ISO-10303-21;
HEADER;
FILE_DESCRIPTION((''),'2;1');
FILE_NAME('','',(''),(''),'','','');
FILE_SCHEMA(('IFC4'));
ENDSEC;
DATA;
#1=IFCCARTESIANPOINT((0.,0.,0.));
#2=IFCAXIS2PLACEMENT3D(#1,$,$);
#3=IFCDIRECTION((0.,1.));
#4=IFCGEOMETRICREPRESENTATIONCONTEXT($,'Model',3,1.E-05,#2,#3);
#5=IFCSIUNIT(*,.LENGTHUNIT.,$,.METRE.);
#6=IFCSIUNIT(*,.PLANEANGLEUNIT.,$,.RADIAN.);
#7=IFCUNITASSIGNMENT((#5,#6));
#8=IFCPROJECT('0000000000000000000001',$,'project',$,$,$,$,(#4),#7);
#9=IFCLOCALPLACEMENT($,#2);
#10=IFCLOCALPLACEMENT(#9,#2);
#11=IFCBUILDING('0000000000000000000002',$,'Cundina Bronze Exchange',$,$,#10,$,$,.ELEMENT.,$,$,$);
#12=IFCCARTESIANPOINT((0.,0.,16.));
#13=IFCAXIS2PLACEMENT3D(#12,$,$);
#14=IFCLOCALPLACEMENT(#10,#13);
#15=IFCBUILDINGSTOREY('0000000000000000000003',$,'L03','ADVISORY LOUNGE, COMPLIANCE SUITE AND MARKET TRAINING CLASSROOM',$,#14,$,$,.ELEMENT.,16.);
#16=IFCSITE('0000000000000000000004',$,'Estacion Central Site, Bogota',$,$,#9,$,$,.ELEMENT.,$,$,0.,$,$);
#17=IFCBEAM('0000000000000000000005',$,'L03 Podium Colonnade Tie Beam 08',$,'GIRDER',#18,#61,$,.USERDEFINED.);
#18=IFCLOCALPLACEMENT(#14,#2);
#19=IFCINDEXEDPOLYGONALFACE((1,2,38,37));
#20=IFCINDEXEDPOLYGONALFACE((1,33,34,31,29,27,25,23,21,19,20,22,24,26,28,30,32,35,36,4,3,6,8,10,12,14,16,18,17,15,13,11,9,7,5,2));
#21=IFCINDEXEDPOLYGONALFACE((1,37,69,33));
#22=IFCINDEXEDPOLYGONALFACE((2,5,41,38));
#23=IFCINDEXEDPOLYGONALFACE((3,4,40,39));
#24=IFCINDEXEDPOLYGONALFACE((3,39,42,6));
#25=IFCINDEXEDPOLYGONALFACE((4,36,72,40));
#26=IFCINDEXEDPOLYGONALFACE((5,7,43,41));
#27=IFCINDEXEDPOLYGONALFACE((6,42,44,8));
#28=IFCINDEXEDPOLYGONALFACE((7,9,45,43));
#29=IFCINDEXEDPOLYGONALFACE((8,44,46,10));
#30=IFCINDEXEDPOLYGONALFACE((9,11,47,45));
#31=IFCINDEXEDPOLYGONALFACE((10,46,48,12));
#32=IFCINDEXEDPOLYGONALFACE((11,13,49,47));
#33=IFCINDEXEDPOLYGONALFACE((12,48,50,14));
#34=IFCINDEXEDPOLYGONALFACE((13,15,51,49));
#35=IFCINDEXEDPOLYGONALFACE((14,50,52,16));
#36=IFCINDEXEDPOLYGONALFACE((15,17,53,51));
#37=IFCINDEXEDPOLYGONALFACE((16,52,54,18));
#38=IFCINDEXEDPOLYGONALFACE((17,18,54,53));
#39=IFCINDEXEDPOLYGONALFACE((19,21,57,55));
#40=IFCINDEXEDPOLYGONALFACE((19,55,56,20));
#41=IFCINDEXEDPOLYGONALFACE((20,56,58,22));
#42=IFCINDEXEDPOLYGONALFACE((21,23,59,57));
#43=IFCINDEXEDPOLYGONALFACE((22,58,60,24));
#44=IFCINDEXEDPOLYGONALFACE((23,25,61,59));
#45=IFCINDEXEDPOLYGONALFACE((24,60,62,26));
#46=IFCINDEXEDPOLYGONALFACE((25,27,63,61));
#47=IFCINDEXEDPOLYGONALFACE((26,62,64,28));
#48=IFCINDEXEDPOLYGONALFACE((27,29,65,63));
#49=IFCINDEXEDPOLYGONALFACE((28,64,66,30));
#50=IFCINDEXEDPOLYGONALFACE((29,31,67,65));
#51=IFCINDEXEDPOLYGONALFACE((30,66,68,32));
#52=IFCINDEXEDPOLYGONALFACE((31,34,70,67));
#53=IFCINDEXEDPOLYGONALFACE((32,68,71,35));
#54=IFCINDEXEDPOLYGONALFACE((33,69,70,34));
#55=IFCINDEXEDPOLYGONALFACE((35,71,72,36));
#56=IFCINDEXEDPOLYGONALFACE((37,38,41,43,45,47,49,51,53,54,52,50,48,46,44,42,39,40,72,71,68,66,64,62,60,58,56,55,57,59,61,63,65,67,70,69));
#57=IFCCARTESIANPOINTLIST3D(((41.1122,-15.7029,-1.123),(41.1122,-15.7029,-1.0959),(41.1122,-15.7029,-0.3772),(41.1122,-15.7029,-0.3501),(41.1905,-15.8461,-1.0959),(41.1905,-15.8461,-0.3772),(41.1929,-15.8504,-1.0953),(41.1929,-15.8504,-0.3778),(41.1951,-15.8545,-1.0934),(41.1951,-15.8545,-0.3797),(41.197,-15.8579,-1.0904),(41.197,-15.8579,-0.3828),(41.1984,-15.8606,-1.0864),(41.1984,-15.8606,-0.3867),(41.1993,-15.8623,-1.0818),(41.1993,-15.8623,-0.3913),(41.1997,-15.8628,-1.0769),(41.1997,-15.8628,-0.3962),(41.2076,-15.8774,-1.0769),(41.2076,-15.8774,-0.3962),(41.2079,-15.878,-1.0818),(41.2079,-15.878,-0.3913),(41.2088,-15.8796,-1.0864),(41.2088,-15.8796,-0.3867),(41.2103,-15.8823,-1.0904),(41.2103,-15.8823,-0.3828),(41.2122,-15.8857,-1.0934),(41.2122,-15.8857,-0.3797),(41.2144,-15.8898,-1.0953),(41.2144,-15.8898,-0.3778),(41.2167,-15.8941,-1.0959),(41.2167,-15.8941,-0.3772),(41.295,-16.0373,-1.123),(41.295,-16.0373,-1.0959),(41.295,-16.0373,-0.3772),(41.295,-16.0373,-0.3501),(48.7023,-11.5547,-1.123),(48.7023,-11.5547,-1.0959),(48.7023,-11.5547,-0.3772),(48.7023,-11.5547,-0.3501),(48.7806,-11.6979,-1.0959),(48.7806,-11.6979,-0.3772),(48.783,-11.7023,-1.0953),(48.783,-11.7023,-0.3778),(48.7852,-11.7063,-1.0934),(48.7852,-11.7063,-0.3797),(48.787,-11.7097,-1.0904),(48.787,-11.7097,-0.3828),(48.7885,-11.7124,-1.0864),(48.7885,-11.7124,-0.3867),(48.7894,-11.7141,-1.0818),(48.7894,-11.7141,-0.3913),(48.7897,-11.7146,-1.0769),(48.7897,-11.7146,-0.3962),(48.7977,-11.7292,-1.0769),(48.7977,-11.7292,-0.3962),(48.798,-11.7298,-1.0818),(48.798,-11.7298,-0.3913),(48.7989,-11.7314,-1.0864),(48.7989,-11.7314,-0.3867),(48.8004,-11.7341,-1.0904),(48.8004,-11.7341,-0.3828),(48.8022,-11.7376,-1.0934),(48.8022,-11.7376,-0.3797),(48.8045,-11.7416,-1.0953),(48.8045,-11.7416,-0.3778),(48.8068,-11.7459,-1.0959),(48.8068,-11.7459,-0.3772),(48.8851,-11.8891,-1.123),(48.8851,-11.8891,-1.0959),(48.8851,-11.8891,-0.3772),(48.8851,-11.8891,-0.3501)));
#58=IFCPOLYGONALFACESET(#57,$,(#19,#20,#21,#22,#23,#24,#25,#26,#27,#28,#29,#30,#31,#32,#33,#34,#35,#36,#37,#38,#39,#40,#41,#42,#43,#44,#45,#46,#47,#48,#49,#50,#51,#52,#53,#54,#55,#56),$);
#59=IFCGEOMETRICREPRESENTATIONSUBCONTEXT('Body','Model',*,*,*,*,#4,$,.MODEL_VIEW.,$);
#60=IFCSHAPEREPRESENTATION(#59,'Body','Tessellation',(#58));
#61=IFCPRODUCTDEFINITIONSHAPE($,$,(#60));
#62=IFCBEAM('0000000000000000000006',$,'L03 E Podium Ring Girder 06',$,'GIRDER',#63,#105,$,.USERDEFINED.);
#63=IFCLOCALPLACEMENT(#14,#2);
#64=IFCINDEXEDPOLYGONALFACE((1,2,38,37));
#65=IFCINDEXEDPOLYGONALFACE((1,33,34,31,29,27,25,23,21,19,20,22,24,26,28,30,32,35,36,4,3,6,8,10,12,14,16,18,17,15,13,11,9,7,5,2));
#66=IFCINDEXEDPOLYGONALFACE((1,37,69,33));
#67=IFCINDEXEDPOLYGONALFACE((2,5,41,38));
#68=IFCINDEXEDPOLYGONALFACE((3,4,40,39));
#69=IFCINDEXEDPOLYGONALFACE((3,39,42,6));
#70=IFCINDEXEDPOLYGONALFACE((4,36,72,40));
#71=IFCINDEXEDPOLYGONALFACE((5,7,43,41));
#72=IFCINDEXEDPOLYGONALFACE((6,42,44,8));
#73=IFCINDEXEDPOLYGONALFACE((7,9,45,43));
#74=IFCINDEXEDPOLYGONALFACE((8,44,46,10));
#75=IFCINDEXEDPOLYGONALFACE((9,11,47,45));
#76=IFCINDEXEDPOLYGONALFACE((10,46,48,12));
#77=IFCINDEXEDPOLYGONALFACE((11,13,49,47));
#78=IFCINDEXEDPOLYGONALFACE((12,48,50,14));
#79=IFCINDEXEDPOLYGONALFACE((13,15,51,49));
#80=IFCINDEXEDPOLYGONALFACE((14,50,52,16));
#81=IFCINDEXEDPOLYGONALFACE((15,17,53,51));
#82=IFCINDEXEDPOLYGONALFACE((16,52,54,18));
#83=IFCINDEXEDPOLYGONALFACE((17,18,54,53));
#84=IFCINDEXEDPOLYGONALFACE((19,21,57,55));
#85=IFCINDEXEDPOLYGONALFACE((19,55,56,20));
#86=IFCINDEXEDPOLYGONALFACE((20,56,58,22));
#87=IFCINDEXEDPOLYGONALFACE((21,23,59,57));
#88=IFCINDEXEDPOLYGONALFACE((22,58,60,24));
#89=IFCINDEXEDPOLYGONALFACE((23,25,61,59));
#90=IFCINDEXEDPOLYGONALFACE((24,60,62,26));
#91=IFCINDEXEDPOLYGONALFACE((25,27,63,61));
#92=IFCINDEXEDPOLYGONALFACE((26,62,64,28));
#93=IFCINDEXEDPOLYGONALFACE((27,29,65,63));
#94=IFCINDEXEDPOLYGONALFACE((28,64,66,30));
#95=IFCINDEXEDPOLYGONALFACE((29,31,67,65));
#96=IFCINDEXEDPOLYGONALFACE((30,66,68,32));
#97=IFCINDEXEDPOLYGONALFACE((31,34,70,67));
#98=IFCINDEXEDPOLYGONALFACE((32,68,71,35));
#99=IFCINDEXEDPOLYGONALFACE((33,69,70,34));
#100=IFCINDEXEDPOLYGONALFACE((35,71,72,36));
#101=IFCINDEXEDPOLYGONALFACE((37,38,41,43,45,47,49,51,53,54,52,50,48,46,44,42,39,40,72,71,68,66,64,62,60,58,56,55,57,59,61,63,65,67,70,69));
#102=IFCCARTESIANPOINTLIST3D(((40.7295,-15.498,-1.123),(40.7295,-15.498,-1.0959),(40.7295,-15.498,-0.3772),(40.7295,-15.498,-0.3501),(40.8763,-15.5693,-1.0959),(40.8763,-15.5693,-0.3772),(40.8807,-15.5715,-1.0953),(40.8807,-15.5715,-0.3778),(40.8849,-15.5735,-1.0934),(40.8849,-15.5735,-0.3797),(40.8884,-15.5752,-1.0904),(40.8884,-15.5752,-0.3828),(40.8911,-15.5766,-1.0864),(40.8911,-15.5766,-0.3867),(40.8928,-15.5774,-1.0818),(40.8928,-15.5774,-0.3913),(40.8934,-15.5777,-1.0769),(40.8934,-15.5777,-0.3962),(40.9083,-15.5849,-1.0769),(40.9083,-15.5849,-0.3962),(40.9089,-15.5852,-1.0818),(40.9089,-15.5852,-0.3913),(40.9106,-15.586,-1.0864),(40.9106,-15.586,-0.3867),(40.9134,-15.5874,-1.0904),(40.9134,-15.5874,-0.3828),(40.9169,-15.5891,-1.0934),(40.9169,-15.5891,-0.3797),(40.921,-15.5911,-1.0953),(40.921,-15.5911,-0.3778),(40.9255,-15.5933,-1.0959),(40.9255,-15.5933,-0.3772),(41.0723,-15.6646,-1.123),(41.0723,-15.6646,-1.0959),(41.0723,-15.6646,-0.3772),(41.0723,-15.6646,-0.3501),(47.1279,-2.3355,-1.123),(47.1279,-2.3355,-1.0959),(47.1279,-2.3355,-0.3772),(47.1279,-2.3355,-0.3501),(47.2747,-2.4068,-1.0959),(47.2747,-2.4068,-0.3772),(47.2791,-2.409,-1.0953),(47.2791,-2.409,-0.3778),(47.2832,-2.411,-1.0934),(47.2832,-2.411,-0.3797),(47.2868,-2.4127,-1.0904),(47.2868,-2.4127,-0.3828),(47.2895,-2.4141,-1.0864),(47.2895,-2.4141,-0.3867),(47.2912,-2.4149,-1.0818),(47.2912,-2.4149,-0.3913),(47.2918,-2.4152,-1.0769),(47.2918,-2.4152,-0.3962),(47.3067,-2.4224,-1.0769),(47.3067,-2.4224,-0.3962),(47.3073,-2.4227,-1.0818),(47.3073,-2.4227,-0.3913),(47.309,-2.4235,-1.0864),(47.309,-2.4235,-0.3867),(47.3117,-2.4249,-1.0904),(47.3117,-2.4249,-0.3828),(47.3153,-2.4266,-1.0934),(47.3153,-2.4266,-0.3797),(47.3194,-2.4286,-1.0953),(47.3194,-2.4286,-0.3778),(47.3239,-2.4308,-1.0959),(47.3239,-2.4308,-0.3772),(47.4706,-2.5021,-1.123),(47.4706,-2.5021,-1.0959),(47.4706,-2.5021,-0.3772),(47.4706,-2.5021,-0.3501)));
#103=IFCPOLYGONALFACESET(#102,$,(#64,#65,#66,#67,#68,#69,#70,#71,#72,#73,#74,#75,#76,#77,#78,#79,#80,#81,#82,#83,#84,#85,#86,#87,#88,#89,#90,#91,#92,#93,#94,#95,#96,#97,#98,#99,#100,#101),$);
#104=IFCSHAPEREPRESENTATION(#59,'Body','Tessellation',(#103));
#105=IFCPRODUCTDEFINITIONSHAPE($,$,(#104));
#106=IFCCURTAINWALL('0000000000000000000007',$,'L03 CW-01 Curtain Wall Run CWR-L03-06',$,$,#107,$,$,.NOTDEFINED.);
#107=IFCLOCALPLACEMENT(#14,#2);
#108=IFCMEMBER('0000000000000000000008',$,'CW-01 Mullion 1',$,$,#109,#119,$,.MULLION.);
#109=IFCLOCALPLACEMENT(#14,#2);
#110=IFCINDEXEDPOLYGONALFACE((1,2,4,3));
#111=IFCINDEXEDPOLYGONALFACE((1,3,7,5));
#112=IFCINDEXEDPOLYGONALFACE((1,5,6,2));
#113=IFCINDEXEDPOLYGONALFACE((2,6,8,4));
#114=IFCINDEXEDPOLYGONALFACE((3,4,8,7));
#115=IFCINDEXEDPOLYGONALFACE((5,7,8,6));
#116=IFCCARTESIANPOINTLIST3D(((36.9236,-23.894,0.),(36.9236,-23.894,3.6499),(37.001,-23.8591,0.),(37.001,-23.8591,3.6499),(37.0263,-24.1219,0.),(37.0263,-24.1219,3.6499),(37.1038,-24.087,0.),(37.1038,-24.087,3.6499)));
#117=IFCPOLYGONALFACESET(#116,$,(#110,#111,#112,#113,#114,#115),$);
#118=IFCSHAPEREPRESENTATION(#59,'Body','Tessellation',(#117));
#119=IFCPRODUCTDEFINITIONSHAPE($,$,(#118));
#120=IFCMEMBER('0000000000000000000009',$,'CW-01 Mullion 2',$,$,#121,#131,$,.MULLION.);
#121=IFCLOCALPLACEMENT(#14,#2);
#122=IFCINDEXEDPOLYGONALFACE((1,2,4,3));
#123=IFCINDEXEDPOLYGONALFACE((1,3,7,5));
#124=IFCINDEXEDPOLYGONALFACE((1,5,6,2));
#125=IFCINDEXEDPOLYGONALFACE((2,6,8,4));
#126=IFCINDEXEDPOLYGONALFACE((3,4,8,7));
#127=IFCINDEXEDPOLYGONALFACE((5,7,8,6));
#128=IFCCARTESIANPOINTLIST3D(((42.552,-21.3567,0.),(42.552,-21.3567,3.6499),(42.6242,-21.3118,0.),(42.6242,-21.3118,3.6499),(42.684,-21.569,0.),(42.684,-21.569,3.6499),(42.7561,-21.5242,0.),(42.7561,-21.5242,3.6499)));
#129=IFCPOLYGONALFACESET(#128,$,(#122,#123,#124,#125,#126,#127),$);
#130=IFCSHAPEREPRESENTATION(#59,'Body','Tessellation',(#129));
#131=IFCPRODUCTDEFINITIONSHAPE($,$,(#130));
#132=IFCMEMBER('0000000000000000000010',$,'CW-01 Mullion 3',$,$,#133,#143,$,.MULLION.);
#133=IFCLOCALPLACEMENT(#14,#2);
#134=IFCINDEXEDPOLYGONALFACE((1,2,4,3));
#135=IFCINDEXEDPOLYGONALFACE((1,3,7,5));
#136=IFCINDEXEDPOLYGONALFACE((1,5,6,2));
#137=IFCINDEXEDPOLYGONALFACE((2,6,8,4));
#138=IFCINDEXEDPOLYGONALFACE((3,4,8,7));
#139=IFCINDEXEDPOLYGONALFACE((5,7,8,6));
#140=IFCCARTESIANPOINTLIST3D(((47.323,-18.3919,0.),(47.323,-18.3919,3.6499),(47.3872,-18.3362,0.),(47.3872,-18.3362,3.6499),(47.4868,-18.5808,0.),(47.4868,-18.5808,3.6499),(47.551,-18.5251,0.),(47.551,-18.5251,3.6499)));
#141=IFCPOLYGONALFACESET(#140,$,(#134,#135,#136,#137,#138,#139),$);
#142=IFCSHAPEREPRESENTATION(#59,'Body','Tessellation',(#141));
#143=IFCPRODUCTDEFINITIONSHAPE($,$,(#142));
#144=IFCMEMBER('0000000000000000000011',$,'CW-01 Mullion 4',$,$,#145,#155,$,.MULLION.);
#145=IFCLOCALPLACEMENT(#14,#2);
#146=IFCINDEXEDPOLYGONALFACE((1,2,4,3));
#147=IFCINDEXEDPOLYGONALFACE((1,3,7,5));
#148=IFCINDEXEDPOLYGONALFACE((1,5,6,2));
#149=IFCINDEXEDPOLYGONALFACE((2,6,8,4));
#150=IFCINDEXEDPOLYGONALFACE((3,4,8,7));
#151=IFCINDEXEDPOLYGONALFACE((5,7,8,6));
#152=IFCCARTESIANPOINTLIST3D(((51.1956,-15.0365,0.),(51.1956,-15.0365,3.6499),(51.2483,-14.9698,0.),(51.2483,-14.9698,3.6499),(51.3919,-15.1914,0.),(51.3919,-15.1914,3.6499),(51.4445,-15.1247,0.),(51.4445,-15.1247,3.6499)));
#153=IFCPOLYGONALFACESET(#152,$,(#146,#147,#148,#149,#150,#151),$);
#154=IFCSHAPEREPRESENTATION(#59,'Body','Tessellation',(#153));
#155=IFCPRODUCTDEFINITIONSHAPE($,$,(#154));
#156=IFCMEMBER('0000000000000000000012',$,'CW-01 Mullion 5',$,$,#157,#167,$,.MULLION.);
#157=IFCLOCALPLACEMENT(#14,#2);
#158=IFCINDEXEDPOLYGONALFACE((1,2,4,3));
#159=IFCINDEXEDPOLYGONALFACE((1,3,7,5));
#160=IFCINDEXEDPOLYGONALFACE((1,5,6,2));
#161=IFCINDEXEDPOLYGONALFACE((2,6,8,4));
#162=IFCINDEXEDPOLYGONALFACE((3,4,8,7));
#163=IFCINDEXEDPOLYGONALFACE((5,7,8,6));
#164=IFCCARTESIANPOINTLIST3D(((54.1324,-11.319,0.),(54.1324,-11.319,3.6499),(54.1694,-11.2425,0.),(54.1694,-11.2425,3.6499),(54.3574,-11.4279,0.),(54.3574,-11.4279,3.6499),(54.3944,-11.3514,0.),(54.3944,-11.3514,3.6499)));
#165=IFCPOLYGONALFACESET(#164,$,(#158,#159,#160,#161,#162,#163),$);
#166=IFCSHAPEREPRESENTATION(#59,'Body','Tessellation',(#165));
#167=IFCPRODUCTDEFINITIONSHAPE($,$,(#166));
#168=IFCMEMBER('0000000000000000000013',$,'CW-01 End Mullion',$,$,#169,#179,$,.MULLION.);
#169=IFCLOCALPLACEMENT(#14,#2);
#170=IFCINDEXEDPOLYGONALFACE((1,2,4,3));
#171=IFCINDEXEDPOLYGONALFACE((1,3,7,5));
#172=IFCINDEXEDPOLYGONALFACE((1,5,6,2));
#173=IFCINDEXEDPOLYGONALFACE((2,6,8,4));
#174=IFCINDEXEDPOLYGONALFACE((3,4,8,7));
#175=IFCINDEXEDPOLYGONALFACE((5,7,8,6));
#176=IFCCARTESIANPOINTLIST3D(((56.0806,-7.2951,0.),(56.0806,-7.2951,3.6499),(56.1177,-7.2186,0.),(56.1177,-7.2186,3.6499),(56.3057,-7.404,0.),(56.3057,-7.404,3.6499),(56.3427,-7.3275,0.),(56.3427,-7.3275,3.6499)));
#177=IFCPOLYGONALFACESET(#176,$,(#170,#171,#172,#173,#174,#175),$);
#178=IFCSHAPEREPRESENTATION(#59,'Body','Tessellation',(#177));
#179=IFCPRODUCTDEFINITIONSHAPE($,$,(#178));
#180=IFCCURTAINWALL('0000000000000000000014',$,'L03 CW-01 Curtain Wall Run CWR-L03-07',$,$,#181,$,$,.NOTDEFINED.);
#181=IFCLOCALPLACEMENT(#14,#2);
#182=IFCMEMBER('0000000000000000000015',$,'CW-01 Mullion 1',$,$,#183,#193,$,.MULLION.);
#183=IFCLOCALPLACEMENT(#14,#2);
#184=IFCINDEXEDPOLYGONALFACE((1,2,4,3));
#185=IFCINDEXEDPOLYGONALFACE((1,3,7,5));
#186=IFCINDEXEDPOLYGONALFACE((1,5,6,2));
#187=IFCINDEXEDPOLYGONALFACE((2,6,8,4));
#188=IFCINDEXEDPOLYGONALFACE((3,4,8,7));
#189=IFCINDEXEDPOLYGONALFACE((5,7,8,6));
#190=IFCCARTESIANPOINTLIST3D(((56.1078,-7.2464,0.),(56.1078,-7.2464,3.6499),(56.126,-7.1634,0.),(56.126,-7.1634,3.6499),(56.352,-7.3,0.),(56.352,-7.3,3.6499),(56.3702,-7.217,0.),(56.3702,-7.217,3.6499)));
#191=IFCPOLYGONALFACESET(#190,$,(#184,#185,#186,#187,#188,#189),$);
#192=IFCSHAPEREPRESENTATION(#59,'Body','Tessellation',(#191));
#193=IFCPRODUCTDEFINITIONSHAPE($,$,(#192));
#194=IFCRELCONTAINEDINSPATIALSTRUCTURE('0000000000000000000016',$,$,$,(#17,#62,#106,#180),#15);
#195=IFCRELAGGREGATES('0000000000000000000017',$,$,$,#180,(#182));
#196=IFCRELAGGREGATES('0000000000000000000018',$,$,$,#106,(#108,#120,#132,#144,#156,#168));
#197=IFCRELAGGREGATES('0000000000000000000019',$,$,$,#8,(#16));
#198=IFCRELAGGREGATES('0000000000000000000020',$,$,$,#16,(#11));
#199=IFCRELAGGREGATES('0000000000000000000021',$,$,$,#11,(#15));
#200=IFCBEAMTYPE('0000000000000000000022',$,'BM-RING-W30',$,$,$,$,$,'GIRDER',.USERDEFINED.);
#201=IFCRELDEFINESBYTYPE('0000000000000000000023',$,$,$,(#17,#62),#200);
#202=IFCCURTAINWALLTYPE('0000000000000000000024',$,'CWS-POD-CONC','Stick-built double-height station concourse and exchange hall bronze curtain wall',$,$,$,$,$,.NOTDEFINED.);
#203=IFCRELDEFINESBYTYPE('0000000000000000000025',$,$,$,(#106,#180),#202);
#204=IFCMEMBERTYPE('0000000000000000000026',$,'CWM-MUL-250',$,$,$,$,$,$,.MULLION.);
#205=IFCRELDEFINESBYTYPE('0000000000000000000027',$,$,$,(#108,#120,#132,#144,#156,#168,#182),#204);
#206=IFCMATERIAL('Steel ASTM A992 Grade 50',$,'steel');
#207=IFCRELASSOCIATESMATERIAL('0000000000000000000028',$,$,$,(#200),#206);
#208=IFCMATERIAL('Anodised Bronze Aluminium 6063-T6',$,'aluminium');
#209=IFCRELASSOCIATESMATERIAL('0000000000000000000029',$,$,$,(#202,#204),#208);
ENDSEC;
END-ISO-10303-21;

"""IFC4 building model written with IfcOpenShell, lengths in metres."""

from ifc_helpers import new_model, si_unit, direction, frame, origin, origin_2d, place, context, subcontext, project, spatial, rectangle, i_section, extrude, material, material_profile, profile_set, type_object, element, aggregate, save


model = new_model("IFC4")

# Units and contexts
model_context = context("Model", 3, precision=1e-05, world=origin(), true_north=direction((0.0, 1.0)))
body_context = subcontext(model_context, "Body", "Model", "MODEL_VIEW")
ifc_project = project(units=[si_unit("LENGTHUNIT", "METRE"), si_unit("PLANEANGLEUNIT", "RADIAN")], contexts=[model_context])

# Site, building, storey
site_placement = place(None, origin())
site = spatial("IfcSite", under=ifc_project, at=site_placement, Name="Estacion Central Site, Bogota", CompositionType="ELEMENT", RefElevation=0.0)
building_placement = place(site_placement, origin())
building = spatial("IfcBuilding", under=site, at=building_placement, Name="Cundina Bronze Exchange", CompositionType="ELEMENT")
storey_placement = place(building_placement, frame((0.0, 0.0, 16.0)))
storey = spatial("IfcBuildingStorey", under=building, at=storey_placement, Name="L03", Description="ADVISORY LOUNGE, COMPLIANCE SUITE AND MARKET TRAINING CLASSROOM", CompositionType="ELEMENT", Elevation=16.0)

# Beams
ifc_material_1 = material(Name="Steel ASTM A992 Grade 50", Category="steel")
ifc_material_profile_1 = material_profile(ifc_material_1, i_section(OverallWidth=0.3811, OverallDepth=0.7729, WebThickness=0.0166, FlangeThickness=0.0271, FilletRadius=0.019, at=origin_2d()), Name="W30X173", Category="steel")
ifc_profile_set_1 = profile_set([ifc_material_profile_1], Name="Steel ASTM A992 Grade 50")
beam_type_1 = type_object("IfcBeamType", Name="BM-RING-W30", ElementType="GIRDER", PredefinedType="USERDEFINED", material=ifc_profile_set_1)
beam_1_placement = place(storey_placement, frame((48.7937, -11.7219, -0.7366), z_axis=(-0.877499, -0.479578, 0.0), x_axis=(0.479578, -0.877499, 0.0)))
element("IfcBeam", 1, at=beam_1_placement, inside=storey, type_object=beam_type_1, Name="L03 Podium Colonnade Tie Beam 08", ObjectType="GIRDER", PredefinedType="USERDEFINED", context=body_context, shape_type="SweptSolid", body=[
    extrude(i_section(OverallWidth=0.3811, OverallDepth=0.7729, WebThickness=0.0166, FlangeThickness=0.0271, FilletRadius=0.019, at=origin_2d()), origin(), (0.0, 0.0, 1.0), 8.6497),
])
beam_2_placement = place(storey_placement, frame((40.9009, -15.5813, -0.7366), z_axis=(0.43719, 0.899369, 0.0), x_axis=(-0.899369, 0.43719, 0.0)))
element("IfcBeam", 2, at=beam_2_placement, inside=storey, type_object=beam_type_1, Name="L03 E Podium Ring Girder 06", ObjectType="GIRDER", PredefinedType="USERDEFINED", context=body_context, shape_type="SweptSolid", body=[
    extrude(i_section(OverallWidth=0.3811, OverallDepth=0.7729, WebThickness=0.0166, FlangeThickness=0.0271, FilletRadius=0.019, at=origin_2d()), origin(), (0.0, 0.0, 1.0), 14.6353),
])

# Curtain wall, members
ifc_material_2 = material(Name="Anodised Bronze Aluminium 6063-T6", Category="aluminium")
curtain_wall_type = type_object("IfcCurtainWallType", Name="CWS-POD-CONC", Description="Stick-built double-height station concourse and exchange hall bronze curtain wall", PredefinedType="NOTDEFINED", material=ifc_material_2)
curtain_wall_1_placement = place(storey_placement, origin())
curtain_wall_1 = element("IfcCurtainWall", 3, at=curtain_wall_1_placement, inside=storey, type_object=curtain_wall_type, Name="L03 CW-01 Curtain Wall Run CWR-L03-06", PredefinedType="NOTDEFINED")
ifc_material_profile_2 = material_profile(ifc_material_2, rectangle(XDim=0.085, YDim=0.25, at=origin_2d()), Name="AL85X250", Category="aluminium")
ifc_profile_set_2 = profile_set([ifc_material_profile_2], Name="Anodised Bronze Aluminium 6063-T6")
member_type_1 = type_object("IfcMemberType", Name="CWM-MUL-250", PredefinedType="MULLION", material=ifc_profile_set_2)
member_1_placement = place(storey_placement, frame((37.0137, -23.9905, 0.0), z_axis=(0.0, 0.0, 1.0), x_axis=(0.911619, 0.411037, 0.0)))
member_1 = element("IfcMember", 4, at=member_1_placement, type_object=member_type_1, Name="CW-01 Mullion 1", PredefinedType="MULLION", context=body_context, shape_type="SweptSolid", body=[
    extrude(rectangle(XDim=0.085, YDim=0.25, at=origin_2d()), origin(), (0.0, 0.0, 1.0), 3.6499),
])
member_2_placement = place(storey_placement, frame((42.6541, -21.4404, 0.0), z_axis=(0.0, 0.0, 1.0), x_axis=(0.84934, 0.527846, 0.0)))
member_2 = element("IfcMember", 5, at=member_2_placement, type_object=member_type_1, Name="CW-01 Mullion 2", PredefinedType="MULLION", context=body_context, shape_type="SweptSolid", body=[
    extrude(rectangle(XDim=0.085, YDim=0.25, at=origin_2d()), origin(), (0.0, 0.0, 1.0), 3.6499),
])
member_3_placement = place(storey_placement, frame((47.437, -18.4585, 0.0), z_axis=(0.0, 0.0, 1.0), x_axis=(0.755511, 0.655136, 0.0)))
member_3 = element("IfcMember", 6, at=member_3_placement, type_object=member_type_1, Name="CW-01 Mullion 3", PredefinedType="MULLION", context=body_context, shape_type="SweptSolid", body=[
    extrude(rectangle(XDim=0.085, YDim=0.25, at=origin_2d()), origin(), (0.0, 0.0, 1.0), 3.6499),
])
member_4_placement = place(storey_placement, frame((51.3201, -15.0806, 0.0), z_axis=(0.0, 0.0, 1.0), x_axis=(0.619505, 0.784993, 0.0)))
member_4 = element("IfcMember", 7, at=member_4_placement, type_object=member_type_1, Name="CW-01 Mullion 4", PredefinedType="MULLION", context=body_context, shape_type="SweptSolid", body=[
    extrude(rectangle(XDim=0.085, YDim=0.25, at=origin_2d()), origin(), (0.0, 0.0, 1.0), 3.6499),
])
member_5_placement = place(storey_placement, frame((54.2634, -11.3352, 0.0), z_axis=(0.0, 0.0, 1.0), x_axis=(0.435702, 0.900091, 0.0)))
member_5 = element("IfcMember", 8, at=member_5_placement, type_object=member_type_1, Name="CW-01 Mullion 5", PredefinedType="MULLION", context=body_context, shape_type="SweptSolid", body=[
    extrude(rectangle(XDim=0.085, YDim=0.25, at=origin_2d()), origin(), (0.0, 0.0, 1.0), 3.6499),
])
member_6_placement = place(storey_placement, frame((56.2117, -7.3113, 0.0), z_axis=(0.0, 0.0, 1.0), x_axis=(0.435702, 0.900091, 0.0)))
member_6 = element("IfcMember", 9, at=member_6_placement, type_object=member_type_1, Name="CW-01 End Mullion", PredefinedType="MULLION", context=body_context, shape_type="SweptSolid", body=[
    extrude(rectangle(XDim=0.085, YDim=0.25, at=origin_2d()), origin(), (0.0, 0.0, 1.0), 3.6499),
])

# Curtain wall, member
curtain_wall_2_placement = place(storey_placement, origin())
curtain_wall_2 = element("IfcCurtainWall", 10, at=curtain_wall_2_placement, inside=storey, type_object=curtain_wall_type, Name="L03 CW-01 Curtain Wall Run CWR-L03-07", PredefinedType="NOTDEFINED")
member_7_placement = place(storey_placement, frame((56.239, -7.2317, 0.0), z_axis=(0.0, 0.0, 1.0), x_axis=(0.214565, 0.97671, 0.0)))
member_7 = element("IfcMember", 11, at=member_7_placement, type_object=member_type_1, Name="CW-01 Mullion 1", PredefinedType="MULLION", context=body_context, shape_type="SweptSolid", body=[
    extrude(rectangle(XDim=0.085, YDim=0.25, at=origin_2d()), origin(), (0.0, 0.0, 1.0), 3.6499),
])

aggregate(curtain_wall_2, [member_7])
aggregate(curtain_wall_1, [member_1, member_2, member_3, member_4, member_5, member_6])

save(model, "model.ifc")
